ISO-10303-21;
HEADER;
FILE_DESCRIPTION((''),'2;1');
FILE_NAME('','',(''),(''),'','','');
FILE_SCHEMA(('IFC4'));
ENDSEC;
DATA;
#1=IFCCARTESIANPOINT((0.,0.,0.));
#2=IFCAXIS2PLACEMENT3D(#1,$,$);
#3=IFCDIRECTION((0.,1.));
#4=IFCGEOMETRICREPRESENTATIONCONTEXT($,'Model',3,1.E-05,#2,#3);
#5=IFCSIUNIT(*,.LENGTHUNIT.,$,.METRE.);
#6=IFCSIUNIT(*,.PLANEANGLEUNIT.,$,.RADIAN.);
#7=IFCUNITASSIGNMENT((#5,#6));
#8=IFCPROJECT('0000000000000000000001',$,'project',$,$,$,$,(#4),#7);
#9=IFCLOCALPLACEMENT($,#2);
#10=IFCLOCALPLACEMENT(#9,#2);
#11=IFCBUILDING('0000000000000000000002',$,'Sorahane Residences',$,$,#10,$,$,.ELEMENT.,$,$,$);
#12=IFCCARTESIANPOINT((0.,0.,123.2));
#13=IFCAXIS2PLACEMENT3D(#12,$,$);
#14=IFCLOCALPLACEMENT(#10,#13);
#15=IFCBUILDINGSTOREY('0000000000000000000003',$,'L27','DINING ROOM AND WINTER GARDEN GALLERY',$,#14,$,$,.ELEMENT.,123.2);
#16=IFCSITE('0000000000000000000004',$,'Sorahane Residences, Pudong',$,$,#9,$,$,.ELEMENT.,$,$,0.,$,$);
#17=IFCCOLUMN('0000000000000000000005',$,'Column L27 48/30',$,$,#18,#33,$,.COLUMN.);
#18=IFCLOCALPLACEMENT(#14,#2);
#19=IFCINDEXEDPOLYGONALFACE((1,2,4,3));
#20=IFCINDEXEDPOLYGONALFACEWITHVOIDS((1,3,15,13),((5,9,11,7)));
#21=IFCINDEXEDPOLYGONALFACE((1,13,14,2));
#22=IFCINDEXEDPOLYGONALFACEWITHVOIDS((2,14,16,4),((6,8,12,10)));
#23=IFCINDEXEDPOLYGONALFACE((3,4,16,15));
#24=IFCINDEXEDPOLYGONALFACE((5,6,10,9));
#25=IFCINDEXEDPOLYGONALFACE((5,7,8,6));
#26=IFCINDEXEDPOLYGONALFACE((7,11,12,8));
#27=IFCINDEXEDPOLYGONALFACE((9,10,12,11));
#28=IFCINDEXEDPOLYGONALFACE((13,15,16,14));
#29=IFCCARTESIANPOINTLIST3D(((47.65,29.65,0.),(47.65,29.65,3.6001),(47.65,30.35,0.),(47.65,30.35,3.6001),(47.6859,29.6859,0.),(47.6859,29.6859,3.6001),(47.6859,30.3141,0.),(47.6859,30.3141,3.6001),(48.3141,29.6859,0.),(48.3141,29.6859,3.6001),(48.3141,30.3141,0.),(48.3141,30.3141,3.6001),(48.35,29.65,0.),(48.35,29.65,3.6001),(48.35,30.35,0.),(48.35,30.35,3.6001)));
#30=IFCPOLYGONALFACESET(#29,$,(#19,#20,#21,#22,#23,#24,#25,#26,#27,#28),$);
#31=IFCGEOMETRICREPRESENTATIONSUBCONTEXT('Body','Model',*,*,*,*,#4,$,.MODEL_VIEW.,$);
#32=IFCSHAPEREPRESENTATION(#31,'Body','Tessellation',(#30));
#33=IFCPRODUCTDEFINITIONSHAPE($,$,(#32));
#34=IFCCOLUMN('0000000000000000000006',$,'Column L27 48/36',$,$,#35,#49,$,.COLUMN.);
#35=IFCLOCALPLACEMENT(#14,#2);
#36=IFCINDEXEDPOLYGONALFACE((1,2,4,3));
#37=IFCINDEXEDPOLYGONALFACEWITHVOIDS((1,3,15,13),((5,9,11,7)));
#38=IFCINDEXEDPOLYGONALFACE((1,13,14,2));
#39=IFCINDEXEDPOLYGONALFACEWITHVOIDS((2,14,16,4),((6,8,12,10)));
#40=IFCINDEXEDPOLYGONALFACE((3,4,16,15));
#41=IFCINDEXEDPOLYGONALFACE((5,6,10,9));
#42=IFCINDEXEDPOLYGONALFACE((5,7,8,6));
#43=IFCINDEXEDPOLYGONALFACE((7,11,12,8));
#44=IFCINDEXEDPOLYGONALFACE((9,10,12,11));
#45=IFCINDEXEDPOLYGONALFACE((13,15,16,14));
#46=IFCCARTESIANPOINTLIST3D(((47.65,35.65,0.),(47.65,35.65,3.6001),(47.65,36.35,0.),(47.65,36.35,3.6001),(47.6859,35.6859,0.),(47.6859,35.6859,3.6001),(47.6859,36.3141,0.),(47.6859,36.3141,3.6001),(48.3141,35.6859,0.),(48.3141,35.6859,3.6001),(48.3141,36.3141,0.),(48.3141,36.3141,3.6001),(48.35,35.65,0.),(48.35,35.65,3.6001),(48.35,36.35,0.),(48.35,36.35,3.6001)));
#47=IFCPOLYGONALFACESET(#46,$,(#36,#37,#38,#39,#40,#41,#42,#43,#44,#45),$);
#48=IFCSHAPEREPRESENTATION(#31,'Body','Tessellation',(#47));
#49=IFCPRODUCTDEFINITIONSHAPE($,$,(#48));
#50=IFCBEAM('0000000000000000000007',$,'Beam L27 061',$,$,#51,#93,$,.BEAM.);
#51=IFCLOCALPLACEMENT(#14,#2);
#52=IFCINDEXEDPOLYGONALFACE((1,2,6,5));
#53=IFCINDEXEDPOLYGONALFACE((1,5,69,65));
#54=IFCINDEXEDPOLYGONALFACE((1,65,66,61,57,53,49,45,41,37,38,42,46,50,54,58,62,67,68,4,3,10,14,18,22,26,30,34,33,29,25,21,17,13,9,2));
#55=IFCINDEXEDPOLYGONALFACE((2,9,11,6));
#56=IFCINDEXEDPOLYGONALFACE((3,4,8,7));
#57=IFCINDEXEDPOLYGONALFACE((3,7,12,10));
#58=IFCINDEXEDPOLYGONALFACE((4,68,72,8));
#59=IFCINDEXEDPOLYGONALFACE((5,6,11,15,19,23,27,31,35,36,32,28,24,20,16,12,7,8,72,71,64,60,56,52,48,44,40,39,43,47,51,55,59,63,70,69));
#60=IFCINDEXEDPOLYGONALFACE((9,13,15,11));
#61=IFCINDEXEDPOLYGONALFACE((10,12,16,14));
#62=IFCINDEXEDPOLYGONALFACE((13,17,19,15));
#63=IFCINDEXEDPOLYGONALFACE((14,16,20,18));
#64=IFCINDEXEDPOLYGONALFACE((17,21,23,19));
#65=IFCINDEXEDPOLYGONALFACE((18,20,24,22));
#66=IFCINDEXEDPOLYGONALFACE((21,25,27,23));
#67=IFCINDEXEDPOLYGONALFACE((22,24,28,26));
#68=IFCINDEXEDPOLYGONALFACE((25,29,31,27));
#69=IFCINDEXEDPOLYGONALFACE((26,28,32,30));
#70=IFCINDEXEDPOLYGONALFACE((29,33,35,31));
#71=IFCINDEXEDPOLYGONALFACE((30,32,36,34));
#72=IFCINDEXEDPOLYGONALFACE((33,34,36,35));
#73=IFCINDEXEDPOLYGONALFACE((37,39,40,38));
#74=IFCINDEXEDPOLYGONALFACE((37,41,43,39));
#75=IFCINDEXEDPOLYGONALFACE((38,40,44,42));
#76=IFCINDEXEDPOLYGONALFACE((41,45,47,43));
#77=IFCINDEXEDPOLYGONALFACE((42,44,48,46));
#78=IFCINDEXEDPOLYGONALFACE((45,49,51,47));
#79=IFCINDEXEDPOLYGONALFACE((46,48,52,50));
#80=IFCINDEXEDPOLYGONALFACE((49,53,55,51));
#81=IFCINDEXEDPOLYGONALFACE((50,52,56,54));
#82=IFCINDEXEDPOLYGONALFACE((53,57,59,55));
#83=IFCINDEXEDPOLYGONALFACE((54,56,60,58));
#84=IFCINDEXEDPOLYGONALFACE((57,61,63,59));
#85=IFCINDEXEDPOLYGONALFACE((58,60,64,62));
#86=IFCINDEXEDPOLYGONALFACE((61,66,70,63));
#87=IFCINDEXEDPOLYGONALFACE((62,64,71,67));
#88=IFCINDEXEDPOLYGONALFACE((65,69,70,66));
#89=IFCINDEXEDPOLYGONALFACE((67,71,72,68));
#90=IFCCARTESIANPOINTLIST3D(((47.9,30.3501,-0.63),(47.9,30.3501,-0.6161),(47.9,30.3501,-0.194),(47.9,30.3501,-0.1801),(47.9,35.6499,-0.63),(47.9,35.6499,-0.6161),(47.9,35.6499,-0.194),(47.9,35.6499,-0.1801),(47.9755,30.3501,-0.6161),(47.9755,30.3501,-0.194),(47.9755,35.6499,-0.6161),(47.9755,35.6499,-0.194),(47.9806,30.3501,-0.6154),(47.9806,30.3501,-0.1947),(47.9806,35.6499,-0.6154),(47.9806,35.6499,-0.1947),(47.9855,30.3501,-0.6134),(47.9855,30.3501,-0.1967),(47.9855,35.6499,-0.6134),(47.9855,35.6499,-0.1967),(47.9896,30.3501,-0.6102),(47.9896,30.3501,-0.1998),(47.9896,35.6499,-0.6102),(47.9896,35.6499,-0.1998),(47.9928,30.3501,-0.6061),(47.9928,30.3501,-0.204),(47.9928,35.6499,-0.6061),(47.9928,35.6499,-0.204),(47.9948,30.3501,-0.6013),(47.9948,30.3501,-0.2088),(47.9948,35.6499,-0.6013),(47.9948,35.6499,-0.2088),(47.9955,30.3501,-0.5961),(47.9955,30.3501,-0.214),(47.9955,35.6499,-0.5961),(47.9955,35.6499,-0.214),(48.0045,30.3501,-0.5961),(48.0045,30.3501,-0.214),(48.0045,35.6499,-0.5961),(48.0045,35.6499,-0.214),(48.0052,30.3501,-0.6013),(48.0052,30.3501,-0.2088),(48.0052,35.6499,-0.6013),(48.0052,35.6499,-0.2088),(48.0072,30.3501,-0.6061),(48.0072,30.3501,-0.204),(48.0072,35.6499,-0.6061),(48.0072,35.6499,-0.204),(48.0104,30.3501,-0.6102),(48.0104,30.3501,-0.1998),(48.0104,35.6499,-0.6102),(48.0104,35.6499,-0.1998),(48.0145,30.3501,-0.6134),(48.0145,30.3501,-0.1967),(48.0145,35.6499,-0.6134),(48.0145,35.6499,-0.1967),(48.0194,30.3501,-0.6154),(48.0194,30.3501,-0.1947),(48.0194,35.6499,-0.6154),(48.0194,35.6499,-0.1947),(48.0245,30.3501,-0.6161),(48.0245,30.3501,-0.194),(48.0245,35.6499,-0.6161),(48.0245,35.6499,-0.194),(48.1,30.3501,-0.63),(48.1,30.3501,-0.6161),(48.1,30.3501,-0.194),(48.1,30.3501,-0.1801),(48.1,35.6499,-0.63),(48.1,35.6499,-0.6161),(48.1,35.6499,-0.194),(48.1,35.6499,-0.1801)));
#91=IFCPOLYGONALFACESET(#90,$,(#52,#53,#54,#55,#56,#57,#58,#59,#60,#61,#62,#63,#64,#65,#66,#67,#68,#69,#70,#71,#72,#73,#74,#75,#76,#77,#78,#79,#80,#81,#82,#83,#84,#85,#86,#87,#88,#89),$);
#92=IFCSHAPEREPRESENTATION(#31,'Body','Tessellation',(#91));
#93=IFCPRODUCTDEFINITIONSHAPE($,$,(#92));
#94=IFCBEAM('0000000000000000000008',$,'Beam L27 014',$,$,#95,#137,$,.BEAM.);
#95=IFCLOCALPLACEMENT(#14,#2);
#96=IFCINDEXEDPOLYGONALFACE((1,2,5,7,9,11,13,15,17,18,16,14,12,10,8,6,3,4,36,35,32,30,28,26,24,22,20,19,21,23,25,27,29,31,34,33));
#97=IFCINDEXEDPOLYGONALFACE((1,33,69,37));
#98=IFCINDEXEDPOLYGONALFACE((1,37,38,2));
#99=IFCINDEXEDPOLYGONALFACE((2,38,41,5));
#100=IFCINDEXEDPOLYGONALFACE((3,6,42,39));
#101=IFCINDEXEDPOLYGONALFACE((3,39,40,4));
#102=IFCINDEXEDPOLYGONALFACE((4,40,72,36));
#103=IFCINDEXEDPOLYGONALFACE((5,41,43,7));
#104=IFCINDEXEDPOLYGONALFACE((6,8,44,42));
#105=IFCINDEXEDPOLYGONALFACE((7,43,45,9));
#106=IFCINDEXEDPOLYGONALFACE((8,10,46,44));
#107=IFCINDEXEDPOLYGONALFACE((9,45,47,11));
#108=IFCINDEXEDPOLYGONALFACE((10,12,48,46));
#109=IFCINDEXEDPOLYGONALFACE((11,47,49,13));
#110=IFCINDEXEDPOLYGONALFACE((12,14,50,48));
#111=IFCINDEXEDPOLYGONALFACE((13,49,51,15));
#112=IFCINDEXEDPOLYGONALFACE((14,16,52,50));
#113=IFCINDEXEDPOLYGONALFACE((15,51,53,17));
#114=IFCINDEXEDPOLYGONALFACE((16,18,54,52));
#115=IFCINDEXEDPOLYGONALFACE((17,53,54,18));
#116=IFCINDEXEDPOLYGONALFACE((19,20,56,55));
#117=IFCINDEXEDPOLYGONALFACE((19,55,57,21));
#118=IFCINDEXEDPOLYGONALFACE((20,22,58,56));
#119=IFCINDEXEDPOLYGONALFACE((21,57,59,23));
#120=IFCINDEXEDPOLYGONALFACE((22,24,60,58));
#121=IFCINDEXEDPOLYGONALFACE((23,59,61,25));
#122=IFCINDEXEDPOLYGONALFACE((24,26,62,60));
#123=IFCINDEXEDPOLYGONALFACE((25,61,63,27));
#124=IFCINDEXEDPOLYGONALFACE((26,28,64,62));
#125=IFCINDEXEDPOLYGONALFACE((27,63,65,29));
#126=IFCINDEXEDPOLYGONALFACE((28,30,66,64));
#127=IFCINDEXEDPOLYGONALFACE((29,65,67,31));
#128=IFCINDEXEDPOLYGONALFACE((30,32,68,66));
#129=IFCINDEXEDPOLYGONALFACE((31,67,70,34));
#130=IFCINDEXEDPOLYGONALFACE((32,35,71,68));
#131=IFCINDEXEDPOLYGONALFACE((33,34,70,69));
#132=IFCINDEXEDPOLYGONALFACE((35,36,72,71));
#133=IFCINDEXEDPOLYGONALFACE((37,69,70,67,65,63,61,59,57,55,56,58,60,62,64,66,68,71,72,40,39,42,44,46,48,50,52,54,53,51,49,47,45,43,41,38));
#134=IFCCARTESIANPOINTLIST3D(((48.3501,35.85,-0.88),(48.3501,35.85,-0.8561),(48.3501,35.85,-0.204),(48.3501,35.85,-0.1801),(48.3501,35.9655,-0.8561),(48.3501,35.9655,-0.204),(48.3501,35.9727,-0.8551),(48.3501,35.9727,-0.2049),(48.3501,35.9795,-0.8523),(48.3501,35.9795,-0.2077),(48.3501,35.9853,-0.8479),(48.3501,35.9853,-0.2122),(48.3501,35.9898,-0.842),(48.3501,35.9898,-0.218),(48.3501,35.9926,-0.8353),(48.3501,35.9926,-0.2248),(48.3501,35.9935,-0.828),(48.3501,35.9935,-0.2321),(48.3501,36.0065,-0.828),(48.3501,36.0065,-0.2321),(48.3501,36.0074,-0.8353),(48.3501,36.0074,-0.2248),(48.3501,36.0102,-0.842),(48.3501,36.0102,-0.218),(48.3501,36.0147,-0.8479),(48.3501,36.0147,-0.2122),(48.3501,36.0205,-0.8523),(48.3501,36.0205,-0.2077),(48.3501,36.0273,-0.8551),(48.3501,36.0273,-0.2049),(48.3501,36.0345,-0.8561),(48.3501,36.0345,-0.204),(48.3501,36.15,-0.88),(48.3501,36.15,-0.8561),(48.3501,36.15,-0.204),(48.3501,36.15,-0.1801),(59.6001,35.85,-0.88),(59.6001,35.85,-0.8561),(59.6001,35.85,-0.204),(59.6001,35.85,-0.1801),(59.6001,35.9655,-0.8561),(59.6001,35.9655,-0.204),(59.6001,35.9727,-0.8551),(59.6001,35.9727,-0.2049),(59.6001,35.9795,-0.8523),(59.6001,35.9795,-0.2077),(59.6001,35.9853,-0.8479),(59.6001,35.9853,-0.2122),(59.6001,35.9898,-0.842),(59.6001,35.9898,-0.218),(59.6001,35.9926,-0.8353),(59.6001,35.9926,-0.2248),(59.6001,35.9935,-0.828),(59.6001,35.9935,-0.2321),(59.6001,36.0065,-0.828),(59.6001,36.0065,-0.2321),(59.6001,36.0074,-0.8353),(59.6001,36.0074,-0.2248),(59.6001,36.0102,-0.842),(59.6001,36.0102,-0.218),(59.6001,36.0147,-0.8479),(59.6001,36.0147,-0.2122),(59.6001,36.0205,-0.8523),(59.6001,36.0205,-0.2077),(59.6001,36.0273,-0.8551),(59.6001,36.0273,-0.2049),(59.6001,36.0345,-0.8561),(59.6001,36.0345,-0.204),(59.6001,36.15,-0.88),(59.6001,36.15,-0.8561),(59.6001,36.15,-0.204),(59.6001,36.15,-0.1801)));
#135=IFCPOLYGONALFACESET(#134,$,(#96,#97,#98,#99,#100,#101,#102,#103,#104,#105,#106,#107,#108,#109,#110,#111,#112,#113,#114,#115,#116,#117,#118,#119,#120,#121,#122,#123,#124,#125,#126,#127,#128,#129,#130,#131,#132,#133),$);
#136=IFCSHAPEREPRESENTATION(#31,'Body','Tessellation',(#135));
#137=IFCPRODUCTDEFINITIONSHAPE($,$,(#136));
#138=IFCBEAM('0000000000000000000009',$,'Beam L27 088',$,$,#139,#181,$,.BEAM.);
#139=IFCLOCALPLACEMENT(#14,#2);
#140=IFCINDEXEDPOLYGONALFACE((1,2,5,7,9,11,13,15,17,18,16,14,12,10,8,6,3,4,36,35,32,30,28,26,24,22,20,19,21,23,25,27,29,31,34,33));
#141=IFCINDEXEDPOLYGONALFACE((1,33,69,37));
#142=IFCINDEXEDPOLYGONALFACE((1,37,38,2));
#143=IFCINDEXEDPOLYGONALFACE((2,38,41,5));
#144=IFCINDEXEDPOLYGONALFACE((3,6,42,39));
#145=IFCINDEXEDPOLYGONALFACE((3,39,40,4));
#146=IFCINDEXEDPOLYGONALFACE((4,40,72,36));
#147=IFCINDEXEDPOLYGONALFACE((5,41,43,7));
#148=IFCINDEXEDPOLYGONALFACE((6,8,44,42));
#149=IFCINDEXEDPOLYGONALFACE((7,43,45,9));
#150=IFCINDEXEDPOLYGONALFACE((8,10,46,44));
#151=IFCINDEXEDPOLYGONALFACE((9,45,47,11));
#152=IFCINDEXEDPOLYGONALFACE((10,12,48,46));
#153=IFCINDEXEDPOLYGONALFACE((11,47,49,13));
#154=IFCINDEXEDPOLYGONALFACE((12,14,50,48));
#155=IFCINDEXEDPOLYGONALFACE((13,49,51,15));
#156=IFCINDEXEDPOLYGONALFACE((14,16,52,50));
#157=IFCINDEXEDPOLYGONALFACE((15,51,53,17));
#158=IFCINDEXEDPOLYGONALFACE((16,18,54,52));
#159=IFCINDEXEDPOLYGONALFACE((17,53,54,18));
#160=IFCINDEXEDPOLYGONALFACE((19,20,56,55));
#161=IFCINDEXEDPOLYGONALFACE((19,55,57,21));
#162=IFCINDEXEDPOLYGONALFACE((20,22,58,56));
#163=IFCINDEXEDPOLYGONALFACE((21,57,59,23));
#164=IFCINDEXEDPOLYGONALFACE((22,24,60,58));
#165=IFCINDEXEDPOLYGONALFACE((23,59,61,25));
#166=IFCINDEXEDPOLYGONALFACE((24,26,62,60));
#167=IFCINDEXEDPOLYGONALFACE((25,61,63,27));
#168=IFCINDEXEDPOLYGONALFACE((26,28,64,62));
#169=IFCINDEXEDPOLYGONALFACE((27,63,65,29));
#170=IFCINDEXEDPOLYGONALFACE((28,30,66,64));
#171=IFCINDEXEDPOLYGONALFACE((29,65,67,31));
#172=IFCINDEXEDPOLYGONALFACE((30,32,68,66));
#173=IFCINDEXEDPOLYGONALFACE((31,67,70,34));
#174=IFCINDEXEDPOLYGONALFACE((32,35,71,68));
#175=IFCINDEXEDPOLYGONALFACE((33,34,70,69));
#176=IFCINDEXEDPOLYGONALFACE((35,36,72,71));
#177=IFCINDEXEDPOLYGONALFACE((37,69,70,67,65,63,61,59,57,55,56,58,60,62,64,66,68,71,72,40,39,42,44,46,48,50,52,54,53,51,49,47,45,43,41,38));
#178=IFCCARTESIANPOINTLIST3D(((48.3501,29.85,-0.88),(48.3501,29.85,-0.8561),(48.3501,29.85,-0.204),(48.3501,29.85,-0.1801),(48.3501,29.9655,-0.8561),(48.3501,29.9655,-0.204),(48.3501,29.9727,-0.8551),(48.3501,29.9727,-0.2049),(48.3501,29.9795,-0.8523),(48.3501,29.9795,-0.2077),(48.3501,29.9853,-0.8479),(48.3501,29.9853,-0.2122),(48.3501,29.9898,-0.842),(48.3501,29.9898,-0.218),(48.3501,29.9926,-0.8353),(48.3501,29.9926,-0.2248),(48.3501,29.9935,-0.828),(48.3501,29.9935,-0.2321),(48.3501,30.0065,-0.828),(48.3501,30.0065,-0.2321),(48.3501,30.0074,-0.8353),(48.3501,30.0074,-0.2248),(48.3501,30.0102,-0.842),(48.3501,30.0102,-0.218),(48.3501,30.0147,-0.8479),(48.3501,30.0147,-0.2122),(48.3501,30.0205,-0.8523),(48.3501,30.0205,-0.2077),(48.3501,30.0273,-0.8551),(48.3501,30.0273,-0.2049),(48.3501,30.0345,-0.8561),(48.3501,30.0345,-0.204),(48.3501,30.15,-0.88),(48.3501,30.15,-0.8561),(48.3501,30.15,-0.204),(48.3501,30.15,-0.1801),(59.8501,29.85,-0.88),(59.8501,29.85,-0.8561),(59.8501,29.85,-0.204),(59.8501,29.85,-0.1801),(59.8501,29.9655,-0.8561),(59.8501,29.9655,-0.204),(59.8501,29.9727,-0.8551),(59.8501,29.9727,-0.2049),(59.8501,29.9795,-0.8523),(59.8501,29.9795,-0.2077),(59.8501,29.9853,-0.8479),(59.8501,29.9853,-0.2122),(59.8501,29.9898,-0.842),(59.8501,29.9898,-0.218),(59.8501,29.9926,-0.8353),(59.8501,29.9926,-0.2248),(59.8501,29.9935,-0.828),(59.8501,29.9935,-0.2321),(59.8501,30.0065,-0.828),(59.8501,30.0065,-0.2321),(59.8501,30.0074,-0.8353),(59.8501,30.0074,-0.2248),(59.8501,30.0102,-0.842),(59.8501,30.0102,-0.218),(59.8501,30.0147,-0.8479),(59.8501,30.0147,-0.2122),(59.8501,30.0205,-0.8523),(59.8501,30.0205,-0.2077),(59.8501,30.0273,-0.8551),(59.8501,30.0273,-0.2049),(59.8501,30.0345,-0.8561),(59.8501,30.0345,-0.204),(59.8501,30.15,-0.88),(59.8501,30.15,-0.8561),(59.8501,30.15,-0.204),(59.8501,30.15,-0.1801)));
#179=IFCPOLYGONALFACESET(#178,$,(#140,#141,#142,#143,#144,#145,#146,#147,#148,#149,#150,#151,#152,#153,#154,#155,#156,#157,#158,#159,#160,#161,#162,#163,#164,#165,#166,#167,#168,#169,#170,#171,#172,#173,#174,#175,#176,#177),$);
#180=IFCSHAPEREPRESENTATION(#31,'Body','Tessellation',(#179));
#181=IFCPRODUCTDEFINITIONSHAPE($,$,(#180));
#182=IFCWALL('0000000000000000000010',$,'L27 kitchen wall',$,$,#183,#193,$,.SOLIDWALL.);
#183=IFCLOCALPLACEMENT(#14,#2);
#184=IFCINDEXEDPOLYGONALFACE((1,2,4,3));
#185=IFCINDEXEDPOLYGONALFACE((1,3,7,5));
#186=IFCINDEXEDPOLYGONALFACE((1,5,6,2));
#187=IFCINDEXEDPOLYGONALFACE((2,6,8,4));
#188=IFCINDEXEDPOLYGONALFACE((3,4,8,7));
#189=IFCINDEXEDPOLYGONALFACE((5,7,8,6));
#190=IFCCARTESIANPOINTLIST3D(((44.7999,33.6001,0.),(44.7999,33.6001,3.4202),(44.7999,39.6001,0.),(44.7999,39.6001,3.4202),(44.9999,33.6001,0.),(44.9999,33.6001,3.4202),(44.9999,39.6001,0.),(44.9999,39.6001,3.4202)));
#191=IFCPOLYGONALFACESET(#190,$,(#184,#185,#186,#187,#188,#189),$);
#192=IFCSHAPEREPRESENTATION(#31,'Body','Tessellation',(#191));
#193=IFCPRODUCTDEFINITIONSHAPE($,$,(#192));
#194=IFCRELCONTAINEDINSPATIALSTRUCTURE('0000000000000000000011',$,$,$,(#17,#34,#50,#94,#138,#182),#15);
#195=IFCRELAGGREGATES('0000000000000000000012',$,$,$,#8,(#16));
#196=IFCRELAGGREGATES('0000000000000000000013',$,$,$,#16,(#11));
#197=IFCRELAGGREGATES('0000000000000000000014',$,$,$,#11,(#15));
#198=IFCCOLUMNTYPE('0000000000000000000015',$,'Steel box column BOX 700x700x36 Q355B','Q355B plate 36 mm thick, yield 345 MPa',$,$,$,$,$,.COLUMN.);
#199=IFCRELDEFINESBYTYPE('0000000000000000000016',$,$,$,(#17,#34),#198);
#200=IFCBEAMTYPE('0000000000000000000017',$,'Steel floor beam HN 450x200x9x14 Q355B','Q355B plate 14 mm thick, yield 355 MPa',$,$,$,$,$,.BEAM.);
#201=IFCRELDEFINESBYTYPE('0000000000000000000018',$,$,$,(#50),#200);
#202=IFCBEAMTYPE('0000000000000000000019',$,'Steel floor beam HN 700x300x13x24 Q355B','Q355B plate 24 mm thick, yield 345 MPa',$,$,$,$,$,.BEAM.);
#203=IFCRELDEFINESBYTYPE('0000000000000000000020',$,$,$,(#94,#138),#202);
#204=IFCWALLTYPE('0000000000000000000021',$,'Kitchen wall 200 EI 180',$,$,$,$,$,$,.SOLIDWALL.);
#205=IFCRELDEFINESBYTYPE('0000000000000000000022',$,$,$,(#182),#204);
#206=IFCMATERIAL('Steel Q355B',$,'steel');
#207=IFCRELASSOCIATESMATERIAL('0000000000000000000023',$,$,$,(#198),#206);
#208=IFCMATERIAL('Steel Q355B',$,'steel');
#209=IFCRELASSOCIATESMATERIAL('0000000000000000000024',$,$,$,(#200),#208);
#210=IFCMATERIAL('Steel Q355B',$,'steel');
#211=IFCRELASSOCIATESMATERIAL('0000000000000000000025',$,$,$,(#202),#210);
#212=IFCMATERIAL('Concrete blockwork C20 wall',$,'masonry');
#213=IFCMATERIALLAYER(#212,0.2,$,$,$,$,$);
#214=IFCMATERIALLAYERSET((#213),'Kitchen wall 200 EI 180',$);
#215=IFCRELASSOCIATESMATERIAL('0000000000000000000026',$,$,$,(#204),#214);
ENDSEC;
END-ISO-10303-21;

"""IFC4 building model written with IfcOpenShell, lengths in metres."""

from ifc_helpers import new_model, si_unit, direction, frame, frame_2d, origin, origin_2d, place, context, subcontext, project, spatial, rectangle, hollow_rectangle, i_section, extrude, material, layer, layer_set, material_profile, profile_set, type_object, element, save


model = new_model("IFC4")

# Units and contexts
model_context = context("Model", 3, precision=1e-05, world=origin(), true_north=direction((0.0, 1.0)))
body_context = subcontext(model_context, "Body", "Model", "MODEL_VIEW")
ifc_project = project(units=[si_unit("LENGTHUNIT", "METRE"), si_unit("PLANEANGLEUNIT", "RADIAN")], contexts=[model_context])

# Site, building, storey
site_placement = place(None, origin())
site = spatial("IfcSite", under=ifc_project, at=site_placement, Name="Sorahane Residences, Pudong", CompositionType="ELEMENT", RefElevation=0.0)
building_placement = place(site_placement, origin())
building = spatial("IfcBuilding", under=site, at=building_placement, Name="Sorahane Residences", CompositionType="ELEMENT")
storey_placement = place(building_placement, frame((0.0, 0.0, 123.2)))
storey = spatial("IfcBuildingStorey", under=building, at=storey_placement, Name="L27", Description="DINING ROOM AND WINTER GARDEN GALLERY", CompositionType="ELEMENT", Elevation=123.2)

# Columns
ifc_material_1 = material(Name="Steel Q355B", Category="steel")
ifc_material_profile_1 = material_profile(ifc_material_1, hollow_rectangle(XDim=0.7, YDim=0.7, WallThickness=0.0359, at=origin_2d()), Name="BOX 700x700x36")
ifc_profile_set_1 = profile_set([ifc_material_profile_1], Name="Steel Q355B")
column_type = type_object("IfcColumnType", Name="Steel box column BOX 700x700x36 Q355B", Description="Q355B plate 36 mm thick, yield 345 MPa", PredefinedType="COLUMN", material=ifc_profile_set_1)
for number, where, z_axis, x_axis, name in (
    (1, (48.0, 30.0, 0.0), (0.0, 0.0, 1.0), (1.0, 0.0, 0.0), "Column L27 48/30"),
    (2, (48.0, 36.0, 0.0), (0.0, 0.0, 1.0), (1.0, 0.0, 0.0), "Column L27 48/36"),
):
    element("IfcColumn", number, at=place(storey_placement, frame(where, z_axis=z_axis, x_axis=x_axis)), inside=storey, type_object=column_type, Name=name, PredefinedType="COLUMN", context=body_context, shape_type="SweptSolid", body=[
        extrude(hollow_rectangle(XDim=0.7, YDim=0.7, WallThickness=0.0359, at=origin_2d()), origin(), (0.0, 0.0, 1.0), 3.6001),
    ])

# Beams
ifc_material_2 = material(Name="Steel Q355B", Category="steel")
ifc_material_profile_2 = material_profile(ifc_material_2, i_section(OverallWidth=0.2, OverallDepth=0.45, WebThickness=0.009, FlangeThickness=0.0139, FilletRadius=0.02, at=origin_2d()), Name="HN 450x200x9x14")
ifc_profile_set_2 = profile_set([ifc_material_profile_2], Name="Steel Q355B")
beam_type_1 = type_object("IfcBeamType", Name="Steel floor beam HN 450x200x9x14 Q355B", Description="Q355B plate 14 mm thick, yield 355 MPa", PredefinedType="BEAM", material=ifc_profile_set_2)
beam_1_placement = place(storey_placement, frame((48.0, 30.3501, -0.405), z_axis=(0.0, 1.0, 0.0), x_axis=(-1.0, 0.0, 0.0)))
element("IfcBeam", 3, at=beam_1_placement, inside=storey, type_object=beam_type_1, Name="Beam L27 061", PredefinedType="BEAM", context=body_context, shape_type="SweptSolid", body=[
    extrude(i_section(OverallWidth=0.2, OverallDepth=0.45, WebThickness=0.009, FlangeThickness=0.0139, FilletRadius=0.02, at=origin_2d()), origin(), (0.0, 0.0, 1.0), 5.2998),
])
ifc_material_3 = material(Name="Steel Q355B", Category="steel")
ifc_material_profile_3 = material_profile(ifc_material_3, i_section(OverallWidth=0.3, OverallDepth=0.7, WebThickness=0.0129, FlangeThickness=0.0239, FilletRadius=0.0281, at=origin_2d()), Name="HN 700x300x13x24")
ifc_profile_set_3 = profile_set([ifc_material_profile_3], Name="Steel Q355B")
beam_type_2 = type_object("IfcBeamType", Name="Steel floor beam HN 700x300x13x24 Q355B", Description="Q355B plate 24 mm thick, yield 345 MPa", PredefinedType="BEAM", material=ifc_profile_set_3)
beam_2_placement = place(storey_placement, frame((48.3501, 36.0, -0.53), z_axis=(1.0, 0.0, 0.0), x_axis=(0.0, 1.0, 0.0)))
element("IfcBeam", 4, at=beam_2_placement, inside=storey, type_object=beam_type_2, Name="Beam L27 014", PredefinedType="BEAM", context=body_context, shape_type="SweptSolid", body=[
    extrude(i_section(OverallWidth=0.3, OverallDepth=0.7, WebThickness=0.0129, FlangeThickness=0.0239, FilletRadius=0.0281, at=origin_2d()), origin(), (0.0, 0.0, 1.0), 11.25),
])
beam_3_placement = place(storey_placement, frame((48.3501, 30.0, -0.53), z_axis=(1.0, 0.0, 0.0), x_axis=(0.0, 1.0, 0.0)))
element("IfcBeam", 5, at=beam_3_placement, inside=storey, type_object=beam_type_2, Name="Beam L27 088", PredefinedType="BEAM", context=body_context, shape_type="SweptSolid", body=[
    extrude(i_section(OverallWidth=0.3, OverallDepth=0.7, WebThickness=0.0129, FlangeThickness=0.0239, FilletRadius=0.0281, at=origin_2d()), origin(), (0.0, 0.0, 1.0), 11.5),
])

# Wall
ifc_material_4 = material(Name="Concrete blockwork C20 wall", Category="masonry")
ifc_layer_1 = layer(ifc_material_4, 0.2)
ifc_layer_set_1 = layer_set([ifc_layer_1], Name="Kitchen wall 200 EI 180")
wall_type_1 = type_object("IfcWallType", Name="Kitchen wall 200 EI 180", PredefinedType="SOLIDWALL", material=ifc_layer_set_1)
wall_1_placement = place(storey_placement, frame((44.8999, 33.6001, 0.0), z_axis=(0.0, 0.0, 1.0), x_axis=(0.0, 1.0, 0.0)))
element("IfcWall", 6, at=wall_1_placement, inside=storey, type_object=wall_type_1, Name="L27 kitchen wall", PredefinedType="SOLIDWALL", context=body_context, shape_type="SweptSolid", body=[
    extrude(rectangle(XDim=6.0, YDim=0.2, at=frame_2d((3.0, 0.0))), origin(), (0.0, 0.0, 1.0), 3.4202),
])

save(model, "model.ifc")
